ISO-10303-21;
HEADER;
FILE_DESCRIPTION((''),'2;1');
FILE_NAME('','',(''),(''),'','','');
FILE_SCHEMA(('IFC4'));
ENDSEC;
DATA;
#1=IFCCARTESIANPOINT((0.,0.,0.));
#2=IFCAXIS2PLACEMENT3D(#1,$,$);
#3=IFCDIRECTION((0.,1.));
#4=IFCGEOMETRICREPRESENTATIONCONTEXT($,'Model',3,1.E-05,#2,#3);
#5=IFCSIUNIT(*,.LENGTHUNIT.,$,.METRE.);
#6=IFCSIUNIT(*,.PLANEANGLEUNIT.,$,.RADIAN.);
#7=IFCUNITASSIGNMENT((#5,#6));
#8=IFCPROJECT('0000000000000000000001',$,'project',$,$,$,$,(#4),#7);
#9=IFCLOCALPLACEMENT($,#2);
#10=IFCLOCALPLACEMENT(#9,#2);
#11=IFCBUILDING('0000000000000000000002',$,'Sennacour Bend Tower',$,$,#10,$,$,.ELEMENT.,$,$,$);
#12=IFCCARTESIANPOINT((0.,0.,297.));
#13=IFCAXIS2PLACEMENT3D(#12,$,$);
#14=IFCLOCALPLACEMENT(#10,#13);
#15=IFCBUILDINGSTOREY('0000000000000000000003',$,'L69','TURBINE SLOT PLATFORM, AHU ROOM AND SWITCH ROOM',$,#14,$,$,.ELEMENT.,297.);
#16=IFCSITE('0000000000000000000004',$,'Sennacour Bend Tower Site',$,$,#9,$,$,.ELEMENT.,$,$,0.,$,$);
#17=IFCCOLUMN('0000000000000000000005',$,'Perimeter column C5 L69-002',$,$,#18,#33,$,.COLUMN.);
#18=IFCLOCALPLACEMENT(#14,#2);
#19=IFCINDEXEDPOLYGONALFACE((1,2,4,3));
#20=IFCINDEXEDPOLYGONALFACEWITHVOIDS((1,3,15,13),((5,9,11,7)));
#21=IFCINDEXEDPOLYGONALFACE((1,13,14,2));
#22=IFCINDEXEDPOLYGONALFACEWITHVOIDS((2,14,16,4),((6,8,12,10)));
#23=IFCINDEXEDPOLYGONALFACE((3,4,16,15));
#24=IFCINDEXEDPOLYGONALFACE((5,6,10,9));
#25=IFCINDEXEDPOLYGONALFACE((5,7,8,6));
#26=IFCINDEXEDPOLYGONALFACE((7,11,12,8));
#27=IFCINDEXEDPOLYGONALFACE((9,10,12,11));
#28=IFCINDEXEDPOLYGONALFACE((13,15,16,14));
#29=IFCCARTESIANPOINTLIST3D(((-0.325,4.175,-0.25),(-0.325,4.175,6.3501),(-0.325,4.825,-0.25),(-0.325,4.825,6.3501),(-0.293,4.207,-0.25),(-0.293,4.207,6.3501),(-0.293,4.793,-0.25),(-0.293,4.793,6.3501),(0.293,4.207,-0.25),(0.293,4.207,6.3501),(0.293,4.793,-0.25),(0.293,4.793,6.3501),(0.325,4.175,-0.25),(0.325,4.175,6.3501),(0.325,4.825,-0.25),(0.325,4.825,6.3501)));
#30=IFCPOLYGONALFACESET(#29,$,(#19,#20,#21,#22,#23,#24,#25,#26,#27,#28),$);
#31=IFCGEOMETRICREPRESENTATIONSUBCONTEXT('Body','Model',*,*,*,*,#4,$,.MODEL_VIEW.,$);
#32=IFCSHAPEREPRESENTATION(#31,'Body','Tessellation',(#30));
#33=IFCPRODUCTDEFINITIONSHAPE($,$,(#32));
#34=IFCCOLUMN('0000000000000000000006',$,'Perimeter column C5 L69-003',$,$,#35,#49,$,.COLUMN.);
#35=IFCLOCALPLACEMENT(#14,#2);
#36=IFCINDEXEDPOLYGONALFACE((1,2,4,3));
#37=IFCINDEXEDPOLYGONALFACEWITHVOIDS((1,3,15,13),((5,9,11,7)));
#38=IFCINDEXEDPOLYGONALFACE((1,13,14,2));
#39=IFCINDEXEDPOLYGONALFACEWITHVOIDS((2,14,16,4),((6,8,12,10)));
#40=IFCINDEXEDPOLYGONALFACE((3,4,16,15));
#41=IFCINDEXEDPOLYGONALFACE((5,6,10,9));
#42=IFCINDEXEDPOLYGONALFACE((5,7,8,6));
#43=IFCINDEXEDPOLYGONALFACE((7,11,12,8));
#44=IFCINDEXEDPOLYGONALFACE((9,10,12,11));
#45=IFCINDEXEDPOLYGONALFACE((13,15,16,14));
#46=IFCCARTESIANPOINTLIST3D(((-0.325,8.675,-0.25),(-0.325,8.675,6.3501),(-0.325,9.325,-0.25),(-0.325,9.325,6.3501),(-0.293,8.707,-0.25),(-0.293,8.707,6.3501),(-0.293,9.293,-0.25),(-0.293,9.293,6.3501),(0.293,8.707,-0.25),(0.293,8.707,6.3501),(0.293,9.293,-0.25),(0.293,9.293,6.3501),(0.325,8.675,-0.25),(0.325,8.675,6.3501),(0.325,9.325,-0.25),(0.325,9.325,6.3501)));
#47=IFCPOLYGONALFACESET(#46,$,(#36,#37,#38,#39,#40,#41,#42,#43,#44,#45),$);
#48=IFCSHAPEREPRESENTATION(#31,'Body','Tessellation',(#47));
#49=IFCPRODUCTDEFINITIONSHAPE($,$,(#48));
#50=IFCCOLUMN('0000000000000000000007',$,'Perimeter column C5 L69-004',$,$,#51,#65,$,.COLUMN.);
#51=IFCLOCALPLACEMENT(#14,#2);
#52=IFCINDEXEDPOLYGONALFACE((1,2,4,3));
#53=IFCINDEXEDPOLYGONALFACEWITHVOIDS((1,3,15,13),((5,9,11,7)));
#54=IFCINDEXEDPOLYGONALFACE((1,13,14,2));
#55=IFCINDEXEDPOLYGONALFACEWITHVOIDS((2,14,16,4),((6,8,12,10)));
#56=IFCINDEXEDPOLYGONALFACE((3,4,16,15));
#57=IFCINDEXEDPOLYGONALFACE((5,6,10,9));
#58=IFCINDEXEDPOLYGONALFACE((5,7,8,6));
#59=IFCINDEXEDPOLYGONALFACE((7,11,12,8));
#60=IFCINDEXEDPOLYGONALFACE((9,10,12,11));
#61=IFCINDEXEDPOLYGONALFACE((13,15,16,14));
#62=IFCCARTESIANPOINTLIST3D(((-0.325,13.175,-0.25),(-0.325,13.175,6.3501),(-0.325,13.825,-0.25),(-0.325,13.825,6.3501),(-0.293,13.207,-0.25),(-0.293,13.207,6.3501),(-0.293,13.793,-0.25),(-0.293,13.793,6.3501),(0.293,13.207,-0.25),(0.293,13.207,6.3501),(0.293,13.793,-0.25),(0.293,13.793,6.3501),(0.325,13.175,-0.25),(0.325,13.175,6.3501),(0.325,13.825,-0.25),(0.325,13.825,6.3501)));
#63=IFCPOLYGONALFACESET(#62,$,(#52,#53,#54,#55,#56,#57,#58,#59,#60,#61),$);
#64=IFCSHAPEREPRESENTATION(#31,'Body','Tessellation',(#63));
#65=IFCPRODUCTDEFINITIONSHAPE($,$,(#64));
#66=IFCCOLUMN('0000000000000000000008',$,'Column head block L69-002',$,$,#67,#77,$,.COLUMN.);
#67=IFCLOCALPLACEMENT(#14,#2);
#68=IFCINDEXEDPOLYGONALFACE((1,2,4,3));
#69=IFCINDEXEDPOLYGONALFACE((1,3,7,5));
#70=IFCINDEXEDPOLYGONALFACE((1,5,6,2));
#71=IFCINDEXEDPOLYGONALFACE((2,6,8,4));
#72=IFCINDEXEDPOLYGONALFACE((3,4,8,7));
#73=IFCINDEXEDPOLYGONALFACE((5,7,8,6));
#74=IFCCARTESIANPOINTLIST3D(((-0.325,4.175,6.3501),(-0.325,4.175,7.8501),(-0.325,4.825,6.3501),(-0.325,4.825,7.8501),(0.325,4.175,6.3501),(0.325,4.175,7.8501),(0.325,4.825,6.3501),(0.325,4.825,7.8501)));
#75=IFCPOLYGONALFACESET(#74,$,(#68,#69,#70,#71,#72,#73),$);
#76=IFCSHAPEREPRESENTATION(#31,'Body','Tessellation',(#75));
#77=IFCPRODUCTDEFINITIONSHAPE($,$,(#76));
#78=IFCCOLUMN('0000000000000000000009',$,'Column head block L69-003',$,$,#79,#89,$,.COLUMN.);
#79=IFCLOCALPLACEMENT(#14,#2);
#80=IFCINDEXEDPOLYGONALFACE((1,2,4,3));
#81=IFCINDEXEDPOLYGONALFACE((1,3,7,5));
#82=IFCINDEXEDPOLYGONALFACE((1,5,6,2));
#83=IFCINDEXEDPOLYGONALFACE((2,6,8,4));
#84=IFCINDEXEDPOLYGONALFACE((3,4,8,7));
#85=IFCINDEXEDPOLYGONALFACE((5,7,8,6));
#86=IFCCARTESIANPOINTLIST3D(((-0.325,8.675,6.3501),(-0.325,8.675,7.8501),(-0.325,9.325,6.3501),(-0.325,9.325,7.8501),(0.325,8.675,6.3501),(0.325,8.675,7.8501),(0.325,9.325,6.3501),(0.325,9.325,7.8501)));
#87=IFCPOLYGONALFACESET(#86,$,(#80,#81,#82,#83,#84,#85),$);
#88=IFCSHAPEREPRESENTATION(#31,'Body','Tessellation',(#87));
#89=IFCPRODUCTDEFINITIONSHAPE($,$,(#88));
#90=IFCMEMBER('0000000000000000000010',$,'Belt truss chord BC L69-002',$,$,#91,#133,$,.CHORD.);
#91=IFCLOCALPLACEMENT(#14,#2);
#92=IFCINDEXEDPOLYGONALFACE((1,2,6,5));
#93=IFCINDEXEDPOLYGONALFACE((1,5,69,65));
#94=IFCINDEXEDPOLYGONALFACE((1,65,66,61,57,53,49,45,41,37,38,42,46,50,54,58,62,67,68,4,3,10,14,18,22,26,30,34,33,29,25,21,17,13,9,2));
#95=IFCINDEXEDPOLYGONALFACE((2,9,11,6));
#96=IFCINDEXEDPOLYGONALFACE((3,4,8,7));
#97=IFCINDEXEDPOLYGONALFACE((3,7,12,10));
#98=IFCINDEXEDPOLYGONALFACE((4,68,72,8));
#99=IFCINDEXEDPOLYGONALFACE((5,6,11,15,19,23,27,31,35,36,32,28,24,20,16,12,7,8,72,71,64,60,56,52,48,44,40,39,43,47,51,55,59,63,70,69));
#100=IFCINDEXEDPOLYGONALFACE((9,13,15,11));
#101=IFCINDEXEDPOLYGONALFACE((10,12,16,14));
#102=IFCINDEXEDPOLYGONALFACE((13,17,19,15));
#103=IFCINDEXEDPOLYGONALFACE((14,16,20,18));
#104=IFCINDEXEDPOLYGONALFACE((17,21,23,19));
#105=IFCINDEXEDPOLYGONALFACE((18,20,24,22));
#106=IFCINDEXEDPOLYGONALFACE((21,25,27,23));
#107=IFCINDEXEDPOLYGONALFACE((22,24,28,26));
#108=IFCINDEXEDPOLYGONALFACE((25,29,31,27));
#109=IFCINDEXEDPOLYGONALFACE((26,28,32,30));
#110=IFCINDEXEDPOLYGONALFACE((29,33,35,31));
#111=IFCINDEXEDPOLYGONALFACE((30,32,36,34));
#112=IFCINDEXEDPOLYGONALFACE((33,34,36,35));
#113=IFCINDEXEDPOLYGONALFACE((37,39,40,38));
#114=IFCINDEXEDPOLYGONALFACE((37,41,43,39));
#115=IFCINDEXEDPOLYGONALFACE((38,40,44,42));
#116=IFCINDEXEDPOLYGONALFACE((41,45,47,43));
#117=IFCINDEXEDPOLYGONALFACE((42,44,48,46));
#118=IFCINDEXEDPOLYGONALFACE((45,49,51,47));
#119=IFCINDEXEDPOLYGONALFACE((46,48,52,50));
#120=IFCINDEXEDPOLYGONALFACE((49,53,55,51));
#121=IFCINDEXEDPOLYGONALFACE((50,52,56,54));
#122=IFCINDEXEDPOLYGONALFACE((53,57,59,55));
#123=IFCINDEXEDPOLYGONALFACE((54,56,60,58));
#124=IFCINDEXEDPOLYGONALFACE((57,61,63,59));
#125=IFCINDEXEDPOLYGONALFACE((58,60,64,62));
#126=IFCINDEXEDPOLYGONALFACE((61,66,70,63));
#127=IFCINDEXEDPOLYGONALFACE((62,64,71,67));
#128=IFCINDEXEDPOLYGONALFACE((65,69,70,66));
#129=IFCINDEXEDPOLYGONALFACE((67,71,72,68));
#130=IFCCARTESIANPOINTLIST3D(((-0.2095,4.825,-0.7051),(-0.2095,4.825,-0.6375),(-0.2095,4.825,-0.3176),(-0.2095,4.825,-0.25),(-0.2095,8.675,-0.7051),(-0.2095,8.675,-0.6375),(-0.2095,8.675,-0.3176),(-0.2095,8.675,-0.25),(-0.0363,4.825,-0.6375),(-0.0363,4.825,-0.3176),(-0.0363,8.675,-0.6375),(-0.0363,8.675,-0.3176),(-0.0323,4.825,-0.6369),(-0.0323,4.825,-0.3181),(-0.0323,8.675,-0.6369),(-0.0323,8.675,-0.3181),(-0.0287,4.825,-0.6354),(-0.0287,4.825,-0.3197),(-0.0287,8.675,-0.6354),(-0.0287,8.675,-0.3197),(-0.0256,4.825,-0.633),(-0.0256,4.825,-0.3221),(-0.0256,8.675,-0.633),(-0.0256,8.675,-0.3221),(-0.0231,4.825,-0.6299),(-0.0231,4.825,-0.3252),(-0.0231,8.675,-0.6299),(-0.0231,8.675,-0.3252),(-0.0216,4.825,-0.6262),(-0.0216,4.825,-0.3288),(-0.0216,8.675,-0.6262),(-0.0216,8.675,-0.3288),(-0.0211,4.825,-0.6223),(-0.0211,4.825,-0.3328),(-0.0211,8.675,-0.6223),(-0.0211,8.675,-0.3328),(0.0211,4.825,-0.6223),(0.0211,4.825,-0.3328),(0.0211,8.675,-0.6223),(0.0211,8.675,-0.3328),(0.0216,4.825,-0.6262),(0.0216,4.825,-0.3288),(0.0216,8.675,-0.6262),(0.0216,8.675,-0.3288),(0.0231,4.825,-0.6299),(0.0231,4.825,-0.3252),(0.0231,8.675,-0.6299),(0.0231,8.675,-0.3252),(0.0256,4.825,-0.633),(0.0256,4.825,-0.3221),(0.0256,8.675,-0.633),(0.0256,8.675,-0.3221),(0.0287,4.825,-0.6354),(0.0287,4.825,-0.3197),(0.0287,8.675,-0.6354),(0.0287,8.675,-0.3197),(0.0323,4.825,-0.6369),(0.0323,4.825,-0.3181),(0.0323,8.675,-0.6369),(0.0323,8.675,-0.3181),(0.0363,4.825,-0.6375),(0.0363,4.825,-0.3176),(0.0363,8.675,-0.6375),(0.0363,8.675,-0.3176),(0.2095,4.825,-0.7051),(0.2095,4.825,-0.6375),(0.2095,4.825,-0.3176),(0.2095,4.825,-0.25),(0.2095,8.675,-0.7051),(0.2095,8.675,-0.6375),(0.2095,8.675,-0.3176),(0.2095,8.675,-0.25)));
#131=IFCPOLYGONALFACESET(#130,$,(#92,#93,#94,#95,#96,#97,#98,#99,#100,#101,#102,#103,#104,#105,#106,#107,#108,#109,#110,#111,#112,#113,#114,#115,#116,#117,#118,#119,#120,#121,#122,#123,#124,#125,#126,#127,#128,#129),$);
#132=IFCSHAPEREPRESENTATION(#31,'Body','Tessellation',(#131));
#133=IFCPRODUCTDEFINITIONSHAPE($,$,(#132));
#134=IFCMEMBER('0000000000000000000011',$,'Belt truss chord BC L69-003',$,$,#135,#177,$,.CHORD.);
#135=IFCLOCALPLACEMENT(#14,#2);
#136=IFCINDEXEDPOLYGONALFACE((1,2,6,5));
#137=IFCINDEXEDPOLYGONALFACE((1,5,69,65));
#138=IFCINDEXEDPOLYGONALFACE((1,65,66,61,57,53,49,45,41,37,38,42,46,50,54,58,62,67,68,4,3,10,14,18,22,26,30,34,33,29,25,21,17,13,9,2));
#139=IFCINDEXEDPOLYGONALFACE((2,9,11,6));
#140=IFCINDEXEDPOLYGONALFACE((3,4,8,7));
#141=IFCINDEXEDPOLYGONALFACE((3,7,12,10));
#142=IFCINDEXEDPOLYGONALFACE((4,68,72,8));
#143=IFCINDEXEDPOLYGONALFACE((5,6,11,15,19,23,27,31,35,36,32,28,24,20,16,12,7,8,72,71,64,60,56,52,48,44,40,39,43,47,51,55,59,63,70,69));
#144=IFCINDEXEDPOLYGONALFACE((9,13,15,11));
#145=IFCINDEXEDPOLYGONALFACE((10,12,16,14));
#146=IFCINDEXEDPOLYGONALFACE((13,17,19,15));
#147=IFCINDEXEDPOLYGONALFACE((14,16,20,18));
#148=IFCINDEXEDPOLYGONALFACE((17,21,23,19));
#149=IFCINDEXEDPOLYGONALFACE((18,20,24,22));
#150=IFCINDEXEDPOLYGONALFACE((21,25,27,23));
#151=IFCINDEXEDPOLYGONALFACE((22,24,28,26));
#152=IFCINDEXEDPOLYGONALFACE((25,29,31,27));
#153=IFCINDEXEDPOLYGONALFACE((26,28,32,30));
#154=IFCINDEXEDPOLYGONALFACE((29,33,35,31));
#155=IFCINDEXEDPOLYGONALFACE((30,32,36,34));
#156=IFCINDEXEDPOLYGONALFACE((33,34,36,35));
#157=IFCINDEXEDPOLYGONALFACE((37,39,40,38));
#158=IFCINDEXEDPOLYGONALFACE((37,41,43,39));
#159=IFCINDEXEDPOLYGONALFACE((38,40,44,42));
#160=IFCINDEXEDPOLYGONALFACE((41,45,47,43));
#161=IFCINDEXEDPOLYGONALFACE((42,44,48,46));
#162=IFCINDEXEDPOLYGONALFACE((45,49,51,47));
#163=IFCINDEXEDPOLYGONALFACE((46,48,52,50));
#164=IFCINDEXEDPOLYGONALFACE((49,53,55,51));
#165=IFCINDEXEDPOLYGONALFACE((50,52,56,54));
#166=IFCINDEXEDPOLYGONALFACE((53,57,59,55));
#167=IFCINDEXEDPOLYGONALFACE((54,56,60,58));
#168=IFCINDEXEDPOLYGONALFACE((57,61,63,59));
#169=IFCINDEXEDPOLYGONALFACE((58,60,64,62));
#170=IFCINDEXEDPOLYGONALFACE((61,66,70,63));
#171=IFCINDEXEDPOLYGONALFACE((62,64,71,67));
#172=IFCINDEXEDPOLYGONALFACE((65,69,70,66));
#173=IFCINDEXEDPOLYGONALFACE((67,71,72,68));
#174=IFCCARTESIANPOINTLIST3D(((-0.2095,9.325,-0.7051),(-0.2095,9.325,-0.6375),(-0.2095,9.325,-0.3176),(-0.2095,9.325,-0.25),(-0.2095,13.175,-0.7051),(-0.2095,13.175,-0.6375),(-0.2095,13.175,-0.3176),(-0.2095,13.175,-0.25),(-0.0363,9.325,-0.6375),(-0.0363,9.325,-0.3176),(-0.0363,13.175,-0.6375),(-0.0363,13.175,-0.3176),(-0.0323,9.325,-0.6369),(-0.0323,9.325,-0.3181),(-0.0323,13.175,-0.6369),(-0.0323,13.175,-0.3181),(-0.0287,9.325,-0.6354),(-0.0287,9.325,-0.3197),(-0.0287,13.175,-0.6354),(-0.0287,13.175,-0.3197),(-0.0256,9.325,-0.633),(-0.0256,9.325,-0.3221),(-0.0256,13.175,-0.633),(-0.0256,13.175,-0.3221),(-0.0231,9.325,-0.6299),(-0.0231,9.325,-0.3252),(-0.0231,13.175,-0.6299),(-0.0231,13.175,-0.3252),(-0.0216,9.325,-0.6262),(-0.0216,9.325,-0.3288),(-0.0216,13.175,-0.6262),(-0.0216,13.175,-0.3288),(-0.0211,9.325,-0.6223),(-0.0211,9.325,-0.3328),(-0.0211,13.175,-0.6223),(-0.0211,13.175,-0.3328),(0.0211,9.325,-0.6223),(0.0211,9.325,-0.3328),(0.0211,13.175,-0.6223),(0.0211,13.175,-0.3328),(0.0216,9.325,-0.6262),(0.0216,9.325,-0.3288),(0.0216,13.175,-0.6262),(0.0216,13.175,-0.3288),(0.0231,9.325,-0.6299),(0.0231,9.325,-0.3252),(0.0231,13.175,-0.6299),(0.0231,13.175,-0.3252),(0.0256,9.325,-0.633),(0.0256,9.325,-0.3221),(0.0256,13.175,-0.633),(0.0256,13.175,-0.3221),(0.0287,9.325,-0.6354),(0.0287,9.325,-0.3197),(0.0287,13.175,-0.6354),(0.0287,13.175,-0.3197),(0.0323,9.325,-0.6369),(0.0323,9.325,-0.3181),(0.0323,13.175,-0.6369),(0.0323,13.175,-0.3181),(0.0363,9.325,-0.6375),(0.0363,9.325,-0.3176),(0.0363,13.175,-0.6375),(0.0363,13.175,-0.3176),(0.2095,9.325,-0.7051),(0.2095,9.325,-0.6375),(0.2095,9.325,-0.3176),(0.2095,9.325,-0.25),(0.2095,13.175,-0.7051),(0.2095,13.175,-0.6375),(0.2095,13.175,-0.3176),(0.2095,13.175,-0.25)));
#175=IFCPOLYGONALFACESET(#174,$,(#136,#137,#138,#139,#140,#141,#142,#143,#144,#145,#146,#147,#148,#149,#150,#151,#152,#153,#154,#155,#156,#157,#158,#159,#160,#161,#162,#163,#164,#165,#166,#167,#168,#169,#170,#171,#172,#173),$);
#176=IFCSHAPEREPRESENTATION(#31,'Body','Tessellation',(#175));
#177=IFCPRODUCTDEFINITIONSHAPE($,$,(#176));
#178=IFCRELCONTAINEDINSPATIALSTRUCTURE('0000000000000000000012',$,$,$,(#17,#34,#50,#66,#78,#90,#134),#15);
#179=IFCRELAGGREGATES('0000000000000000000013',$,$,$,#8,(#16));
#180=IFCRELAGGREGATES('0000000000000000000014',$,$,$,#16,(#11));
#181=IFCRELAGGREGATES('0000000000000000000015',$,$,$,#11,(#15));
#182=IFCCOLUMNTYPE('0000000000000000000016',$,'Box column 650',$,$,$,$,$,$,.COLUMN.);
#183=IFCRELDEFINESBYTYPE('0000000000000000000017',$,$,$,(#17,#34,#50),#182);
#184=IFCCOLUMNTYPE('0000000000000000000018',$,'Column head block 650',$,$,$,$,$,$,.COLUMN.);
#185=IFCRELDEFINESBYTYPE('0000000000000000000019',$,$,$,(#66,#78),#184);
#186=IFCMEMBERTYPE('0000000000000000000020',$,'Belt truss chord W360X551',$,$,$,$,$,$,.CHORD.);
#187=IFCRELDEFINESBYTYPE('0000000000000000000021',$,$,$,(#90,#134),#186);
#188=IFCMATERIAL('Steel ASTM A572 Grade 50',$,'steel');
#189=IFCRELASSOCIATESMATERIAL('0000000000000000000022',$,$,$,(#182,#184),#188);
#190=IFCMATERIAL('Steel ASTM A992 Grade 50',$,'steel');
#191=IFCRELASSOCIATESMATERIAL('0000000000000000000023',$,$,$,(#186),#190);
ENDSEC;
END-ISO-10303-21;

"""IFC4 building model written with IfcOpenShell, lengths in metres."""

from ifc_helpers import new_model, si_unit, direction, frame, origin, origin_2d, place, context, subcontext, project, spatial, rectangle, hollow_rectangle, i_section, extrude, material, material_profile, profile_set, type_object, element, save


model = new_model("IFC4")

# Units and contexts
model_context = context("Model", 3, precision=1e-05, world=origin(), true_north=direction((0.0, 1.0)))
body_context = subcontext(model_context, "Body", "Model", "MODEL_VIEW")
ifc_project = project(units=[si_unit("LENGTHUNIT", "METRE"), si_unit("PLANEANGLEUNIT", "RADIAN")], contexts=[model_context])

# Site, building, storey
site_placement = place(None, origin())
site = spatial("IfcSite", under=ifc_project, at=site_placement, Name="Sennacour Bend Tower Site", CompositionType="ELEMENT", RefElevation=0.0)
building_placement = place(site_placement, origin())
building = spatial("IfcBuilding", under=site, at=building_placement, Name="Sennacour Bend Tower", CompositionType="ELEMENT")
storey_placement = place(building_placement, frame((0.0, 0.0, 297.0)))
storey = spatial("IfcBuildingStorey", under=building, at=storey_placement, Name="L69", Description="TURBINE SLOT PLATFORM, AHU ROOM AND SWITCH ROOM", CompositionType="ELEMENT", Elevation=297.0)

# Columns
ifc_material_1 = material(Name="Steel ASTM A572 Grade 50", Category="steel")
ifc_material_profile_1 = material_profile(ifc_material_1, hollow_rectangle(XDim=0.6499, YDim=0.6499, WallThickness=0.032, at=origin_2d()), Name="Steel ASTM A572 Grade 50", Category="steel")
ifc_profile_set_1 = profile_set([ifc_material_profile_1], Name="Steel ASTM A572 Grade 50")
column_type_1 = type_object("IfcColumnType", Name="Box column 650", PredefinedType="COLUMN", material=ifc_profile_set_1)
for number, where, z_axis, x_axis, name in (
    (1, (0.0, 4.5, -0.25), (0.0, 0.0, 1.0), (1.0, 0.0, 0.0), "Perimeter column C5 L69-002"),
    (2, (0.0, 9.0, -0.25), (0.0, 0.0, 1.0), (1.0, 0.0, 0.0), "Perimeter column C5 L69-003"),
    (3, (0.0, 13.5, -0.25), (0.0, 0.0, 1.0), (1.0, 0.0, 0.0), "Perimeter column C5 L69-004"),
):
    element("IfcColumn", number, at=place(storey_placement, frame(where, z_axis=z_axis, x_axis=x_axis)), inside=storey, type_object=column_type_1, Name=name, PredefinedType="COLUMN", context=body_context, shape_type="SweptSolid", body=[
        extrude(hollow_rectangle(XDim=0.6499, YDim=0.6499, WallThickness=0.032, at=origin_2d()), origin(), (0.0, 0.0, 1.0), 6.6001),
    ])
ifc_material_profile_2 = material_profile(ifc_material_1, rectangle(XDim=0.6499, YDim=0.6499, at=origin_2d()), Name="Steel ASTM A572 Grade 50", Category="steel")
ifc_profile_set_2 = profile_set([ifc_material_profile_2], Name="Steel ASTM A572 Grade 50")
column_type_2 = type_object("IfcColumnType", Name="Column head block 650", PredefinedType="COLUMN", material=ifc_profile_set_2)
for number, where, z_axis, x_axis, name in (
    (4, (0.0, 4.5, 6.3501), (0.0, 0.0, 1.0), (1.0, 0.0, 0.0), "Column head block L69-002"),
    (5, (0.0, 9.0, 6.3501), (0.0, 0.0, 1.0), (1.0, 0.0, 0.0), "Column head block L69-003"),
):
    element("IfcColumn", number, at=place(storey_placement, frame(where, z_axis=z_axis, x_axis=x_axis)), inside=storey, type_object=column_type_2, Name=name, PredefinedType="COLUMN", context=body_context, shape_type="SweptSolid", body=[
        extrude(rectangle(XDim=0.6499, YDim=0.6499, at=origin_2d()), origin(), (0.0, 0.0, 1.0), 1.5),
    ])

# Members
ifc_material_2 = material(Name="Steel ASTM A992 Grade 50", Category="steel")
ifc_material_profile_3 = material_profile(ifc_material_2, i_section(OverallWidth=0.4189, OverallDepth=0.4551, WebThickness=0.0422, FlangeThickness=0.0676, FilletRadius=0.0151, at=origin_2d()), Name="Steel ASTM A992 Grade 50", Category="steel")
ifc_profile_set_3 = profile_set([ifc_material_profile_3], Name="Steel ASTM A992 Grade 50")
member_type_1 = type_object("IfcMemberType", Name="Belt truss chord W360X551", PredefinedType="CHORD", material=ifc_profile_set_3)
for number, where, z_axis, x_axis, name in (
    (6, (0.0, 4.825, -0.4775), (0.0, 1.0, 0.0), (-1.0, 0.0, 0.0), "Belt truss chord BC L69-002"),
    (7, (0.0, 9.325, -0.4775), (0.0, 1.0, 0.0), (-1.0, 0.0, 0.0), "Belt truss chord BC L69-003"),
):
    element("IfcMember", number, at=place(storey_placement, frame(where, z_axis=z_axis, x_axis=x_axis)), inside=storey, type_object=member_type_1, Name=name, PredefinedType="CHORD", context=body_context, shape_type="SweptSolid", body=[
        extrude(i_section(OverallWidth=0.4189, OverallDepth=0.4551, WebThickness=0.0422, FlangeThickness=0.0676, FilletRadius=0.0151, at=origin_2d()), origin(), (0.0, 0.0, 1.0), 3.8501),
    ])

save(model, "model.ifc")
